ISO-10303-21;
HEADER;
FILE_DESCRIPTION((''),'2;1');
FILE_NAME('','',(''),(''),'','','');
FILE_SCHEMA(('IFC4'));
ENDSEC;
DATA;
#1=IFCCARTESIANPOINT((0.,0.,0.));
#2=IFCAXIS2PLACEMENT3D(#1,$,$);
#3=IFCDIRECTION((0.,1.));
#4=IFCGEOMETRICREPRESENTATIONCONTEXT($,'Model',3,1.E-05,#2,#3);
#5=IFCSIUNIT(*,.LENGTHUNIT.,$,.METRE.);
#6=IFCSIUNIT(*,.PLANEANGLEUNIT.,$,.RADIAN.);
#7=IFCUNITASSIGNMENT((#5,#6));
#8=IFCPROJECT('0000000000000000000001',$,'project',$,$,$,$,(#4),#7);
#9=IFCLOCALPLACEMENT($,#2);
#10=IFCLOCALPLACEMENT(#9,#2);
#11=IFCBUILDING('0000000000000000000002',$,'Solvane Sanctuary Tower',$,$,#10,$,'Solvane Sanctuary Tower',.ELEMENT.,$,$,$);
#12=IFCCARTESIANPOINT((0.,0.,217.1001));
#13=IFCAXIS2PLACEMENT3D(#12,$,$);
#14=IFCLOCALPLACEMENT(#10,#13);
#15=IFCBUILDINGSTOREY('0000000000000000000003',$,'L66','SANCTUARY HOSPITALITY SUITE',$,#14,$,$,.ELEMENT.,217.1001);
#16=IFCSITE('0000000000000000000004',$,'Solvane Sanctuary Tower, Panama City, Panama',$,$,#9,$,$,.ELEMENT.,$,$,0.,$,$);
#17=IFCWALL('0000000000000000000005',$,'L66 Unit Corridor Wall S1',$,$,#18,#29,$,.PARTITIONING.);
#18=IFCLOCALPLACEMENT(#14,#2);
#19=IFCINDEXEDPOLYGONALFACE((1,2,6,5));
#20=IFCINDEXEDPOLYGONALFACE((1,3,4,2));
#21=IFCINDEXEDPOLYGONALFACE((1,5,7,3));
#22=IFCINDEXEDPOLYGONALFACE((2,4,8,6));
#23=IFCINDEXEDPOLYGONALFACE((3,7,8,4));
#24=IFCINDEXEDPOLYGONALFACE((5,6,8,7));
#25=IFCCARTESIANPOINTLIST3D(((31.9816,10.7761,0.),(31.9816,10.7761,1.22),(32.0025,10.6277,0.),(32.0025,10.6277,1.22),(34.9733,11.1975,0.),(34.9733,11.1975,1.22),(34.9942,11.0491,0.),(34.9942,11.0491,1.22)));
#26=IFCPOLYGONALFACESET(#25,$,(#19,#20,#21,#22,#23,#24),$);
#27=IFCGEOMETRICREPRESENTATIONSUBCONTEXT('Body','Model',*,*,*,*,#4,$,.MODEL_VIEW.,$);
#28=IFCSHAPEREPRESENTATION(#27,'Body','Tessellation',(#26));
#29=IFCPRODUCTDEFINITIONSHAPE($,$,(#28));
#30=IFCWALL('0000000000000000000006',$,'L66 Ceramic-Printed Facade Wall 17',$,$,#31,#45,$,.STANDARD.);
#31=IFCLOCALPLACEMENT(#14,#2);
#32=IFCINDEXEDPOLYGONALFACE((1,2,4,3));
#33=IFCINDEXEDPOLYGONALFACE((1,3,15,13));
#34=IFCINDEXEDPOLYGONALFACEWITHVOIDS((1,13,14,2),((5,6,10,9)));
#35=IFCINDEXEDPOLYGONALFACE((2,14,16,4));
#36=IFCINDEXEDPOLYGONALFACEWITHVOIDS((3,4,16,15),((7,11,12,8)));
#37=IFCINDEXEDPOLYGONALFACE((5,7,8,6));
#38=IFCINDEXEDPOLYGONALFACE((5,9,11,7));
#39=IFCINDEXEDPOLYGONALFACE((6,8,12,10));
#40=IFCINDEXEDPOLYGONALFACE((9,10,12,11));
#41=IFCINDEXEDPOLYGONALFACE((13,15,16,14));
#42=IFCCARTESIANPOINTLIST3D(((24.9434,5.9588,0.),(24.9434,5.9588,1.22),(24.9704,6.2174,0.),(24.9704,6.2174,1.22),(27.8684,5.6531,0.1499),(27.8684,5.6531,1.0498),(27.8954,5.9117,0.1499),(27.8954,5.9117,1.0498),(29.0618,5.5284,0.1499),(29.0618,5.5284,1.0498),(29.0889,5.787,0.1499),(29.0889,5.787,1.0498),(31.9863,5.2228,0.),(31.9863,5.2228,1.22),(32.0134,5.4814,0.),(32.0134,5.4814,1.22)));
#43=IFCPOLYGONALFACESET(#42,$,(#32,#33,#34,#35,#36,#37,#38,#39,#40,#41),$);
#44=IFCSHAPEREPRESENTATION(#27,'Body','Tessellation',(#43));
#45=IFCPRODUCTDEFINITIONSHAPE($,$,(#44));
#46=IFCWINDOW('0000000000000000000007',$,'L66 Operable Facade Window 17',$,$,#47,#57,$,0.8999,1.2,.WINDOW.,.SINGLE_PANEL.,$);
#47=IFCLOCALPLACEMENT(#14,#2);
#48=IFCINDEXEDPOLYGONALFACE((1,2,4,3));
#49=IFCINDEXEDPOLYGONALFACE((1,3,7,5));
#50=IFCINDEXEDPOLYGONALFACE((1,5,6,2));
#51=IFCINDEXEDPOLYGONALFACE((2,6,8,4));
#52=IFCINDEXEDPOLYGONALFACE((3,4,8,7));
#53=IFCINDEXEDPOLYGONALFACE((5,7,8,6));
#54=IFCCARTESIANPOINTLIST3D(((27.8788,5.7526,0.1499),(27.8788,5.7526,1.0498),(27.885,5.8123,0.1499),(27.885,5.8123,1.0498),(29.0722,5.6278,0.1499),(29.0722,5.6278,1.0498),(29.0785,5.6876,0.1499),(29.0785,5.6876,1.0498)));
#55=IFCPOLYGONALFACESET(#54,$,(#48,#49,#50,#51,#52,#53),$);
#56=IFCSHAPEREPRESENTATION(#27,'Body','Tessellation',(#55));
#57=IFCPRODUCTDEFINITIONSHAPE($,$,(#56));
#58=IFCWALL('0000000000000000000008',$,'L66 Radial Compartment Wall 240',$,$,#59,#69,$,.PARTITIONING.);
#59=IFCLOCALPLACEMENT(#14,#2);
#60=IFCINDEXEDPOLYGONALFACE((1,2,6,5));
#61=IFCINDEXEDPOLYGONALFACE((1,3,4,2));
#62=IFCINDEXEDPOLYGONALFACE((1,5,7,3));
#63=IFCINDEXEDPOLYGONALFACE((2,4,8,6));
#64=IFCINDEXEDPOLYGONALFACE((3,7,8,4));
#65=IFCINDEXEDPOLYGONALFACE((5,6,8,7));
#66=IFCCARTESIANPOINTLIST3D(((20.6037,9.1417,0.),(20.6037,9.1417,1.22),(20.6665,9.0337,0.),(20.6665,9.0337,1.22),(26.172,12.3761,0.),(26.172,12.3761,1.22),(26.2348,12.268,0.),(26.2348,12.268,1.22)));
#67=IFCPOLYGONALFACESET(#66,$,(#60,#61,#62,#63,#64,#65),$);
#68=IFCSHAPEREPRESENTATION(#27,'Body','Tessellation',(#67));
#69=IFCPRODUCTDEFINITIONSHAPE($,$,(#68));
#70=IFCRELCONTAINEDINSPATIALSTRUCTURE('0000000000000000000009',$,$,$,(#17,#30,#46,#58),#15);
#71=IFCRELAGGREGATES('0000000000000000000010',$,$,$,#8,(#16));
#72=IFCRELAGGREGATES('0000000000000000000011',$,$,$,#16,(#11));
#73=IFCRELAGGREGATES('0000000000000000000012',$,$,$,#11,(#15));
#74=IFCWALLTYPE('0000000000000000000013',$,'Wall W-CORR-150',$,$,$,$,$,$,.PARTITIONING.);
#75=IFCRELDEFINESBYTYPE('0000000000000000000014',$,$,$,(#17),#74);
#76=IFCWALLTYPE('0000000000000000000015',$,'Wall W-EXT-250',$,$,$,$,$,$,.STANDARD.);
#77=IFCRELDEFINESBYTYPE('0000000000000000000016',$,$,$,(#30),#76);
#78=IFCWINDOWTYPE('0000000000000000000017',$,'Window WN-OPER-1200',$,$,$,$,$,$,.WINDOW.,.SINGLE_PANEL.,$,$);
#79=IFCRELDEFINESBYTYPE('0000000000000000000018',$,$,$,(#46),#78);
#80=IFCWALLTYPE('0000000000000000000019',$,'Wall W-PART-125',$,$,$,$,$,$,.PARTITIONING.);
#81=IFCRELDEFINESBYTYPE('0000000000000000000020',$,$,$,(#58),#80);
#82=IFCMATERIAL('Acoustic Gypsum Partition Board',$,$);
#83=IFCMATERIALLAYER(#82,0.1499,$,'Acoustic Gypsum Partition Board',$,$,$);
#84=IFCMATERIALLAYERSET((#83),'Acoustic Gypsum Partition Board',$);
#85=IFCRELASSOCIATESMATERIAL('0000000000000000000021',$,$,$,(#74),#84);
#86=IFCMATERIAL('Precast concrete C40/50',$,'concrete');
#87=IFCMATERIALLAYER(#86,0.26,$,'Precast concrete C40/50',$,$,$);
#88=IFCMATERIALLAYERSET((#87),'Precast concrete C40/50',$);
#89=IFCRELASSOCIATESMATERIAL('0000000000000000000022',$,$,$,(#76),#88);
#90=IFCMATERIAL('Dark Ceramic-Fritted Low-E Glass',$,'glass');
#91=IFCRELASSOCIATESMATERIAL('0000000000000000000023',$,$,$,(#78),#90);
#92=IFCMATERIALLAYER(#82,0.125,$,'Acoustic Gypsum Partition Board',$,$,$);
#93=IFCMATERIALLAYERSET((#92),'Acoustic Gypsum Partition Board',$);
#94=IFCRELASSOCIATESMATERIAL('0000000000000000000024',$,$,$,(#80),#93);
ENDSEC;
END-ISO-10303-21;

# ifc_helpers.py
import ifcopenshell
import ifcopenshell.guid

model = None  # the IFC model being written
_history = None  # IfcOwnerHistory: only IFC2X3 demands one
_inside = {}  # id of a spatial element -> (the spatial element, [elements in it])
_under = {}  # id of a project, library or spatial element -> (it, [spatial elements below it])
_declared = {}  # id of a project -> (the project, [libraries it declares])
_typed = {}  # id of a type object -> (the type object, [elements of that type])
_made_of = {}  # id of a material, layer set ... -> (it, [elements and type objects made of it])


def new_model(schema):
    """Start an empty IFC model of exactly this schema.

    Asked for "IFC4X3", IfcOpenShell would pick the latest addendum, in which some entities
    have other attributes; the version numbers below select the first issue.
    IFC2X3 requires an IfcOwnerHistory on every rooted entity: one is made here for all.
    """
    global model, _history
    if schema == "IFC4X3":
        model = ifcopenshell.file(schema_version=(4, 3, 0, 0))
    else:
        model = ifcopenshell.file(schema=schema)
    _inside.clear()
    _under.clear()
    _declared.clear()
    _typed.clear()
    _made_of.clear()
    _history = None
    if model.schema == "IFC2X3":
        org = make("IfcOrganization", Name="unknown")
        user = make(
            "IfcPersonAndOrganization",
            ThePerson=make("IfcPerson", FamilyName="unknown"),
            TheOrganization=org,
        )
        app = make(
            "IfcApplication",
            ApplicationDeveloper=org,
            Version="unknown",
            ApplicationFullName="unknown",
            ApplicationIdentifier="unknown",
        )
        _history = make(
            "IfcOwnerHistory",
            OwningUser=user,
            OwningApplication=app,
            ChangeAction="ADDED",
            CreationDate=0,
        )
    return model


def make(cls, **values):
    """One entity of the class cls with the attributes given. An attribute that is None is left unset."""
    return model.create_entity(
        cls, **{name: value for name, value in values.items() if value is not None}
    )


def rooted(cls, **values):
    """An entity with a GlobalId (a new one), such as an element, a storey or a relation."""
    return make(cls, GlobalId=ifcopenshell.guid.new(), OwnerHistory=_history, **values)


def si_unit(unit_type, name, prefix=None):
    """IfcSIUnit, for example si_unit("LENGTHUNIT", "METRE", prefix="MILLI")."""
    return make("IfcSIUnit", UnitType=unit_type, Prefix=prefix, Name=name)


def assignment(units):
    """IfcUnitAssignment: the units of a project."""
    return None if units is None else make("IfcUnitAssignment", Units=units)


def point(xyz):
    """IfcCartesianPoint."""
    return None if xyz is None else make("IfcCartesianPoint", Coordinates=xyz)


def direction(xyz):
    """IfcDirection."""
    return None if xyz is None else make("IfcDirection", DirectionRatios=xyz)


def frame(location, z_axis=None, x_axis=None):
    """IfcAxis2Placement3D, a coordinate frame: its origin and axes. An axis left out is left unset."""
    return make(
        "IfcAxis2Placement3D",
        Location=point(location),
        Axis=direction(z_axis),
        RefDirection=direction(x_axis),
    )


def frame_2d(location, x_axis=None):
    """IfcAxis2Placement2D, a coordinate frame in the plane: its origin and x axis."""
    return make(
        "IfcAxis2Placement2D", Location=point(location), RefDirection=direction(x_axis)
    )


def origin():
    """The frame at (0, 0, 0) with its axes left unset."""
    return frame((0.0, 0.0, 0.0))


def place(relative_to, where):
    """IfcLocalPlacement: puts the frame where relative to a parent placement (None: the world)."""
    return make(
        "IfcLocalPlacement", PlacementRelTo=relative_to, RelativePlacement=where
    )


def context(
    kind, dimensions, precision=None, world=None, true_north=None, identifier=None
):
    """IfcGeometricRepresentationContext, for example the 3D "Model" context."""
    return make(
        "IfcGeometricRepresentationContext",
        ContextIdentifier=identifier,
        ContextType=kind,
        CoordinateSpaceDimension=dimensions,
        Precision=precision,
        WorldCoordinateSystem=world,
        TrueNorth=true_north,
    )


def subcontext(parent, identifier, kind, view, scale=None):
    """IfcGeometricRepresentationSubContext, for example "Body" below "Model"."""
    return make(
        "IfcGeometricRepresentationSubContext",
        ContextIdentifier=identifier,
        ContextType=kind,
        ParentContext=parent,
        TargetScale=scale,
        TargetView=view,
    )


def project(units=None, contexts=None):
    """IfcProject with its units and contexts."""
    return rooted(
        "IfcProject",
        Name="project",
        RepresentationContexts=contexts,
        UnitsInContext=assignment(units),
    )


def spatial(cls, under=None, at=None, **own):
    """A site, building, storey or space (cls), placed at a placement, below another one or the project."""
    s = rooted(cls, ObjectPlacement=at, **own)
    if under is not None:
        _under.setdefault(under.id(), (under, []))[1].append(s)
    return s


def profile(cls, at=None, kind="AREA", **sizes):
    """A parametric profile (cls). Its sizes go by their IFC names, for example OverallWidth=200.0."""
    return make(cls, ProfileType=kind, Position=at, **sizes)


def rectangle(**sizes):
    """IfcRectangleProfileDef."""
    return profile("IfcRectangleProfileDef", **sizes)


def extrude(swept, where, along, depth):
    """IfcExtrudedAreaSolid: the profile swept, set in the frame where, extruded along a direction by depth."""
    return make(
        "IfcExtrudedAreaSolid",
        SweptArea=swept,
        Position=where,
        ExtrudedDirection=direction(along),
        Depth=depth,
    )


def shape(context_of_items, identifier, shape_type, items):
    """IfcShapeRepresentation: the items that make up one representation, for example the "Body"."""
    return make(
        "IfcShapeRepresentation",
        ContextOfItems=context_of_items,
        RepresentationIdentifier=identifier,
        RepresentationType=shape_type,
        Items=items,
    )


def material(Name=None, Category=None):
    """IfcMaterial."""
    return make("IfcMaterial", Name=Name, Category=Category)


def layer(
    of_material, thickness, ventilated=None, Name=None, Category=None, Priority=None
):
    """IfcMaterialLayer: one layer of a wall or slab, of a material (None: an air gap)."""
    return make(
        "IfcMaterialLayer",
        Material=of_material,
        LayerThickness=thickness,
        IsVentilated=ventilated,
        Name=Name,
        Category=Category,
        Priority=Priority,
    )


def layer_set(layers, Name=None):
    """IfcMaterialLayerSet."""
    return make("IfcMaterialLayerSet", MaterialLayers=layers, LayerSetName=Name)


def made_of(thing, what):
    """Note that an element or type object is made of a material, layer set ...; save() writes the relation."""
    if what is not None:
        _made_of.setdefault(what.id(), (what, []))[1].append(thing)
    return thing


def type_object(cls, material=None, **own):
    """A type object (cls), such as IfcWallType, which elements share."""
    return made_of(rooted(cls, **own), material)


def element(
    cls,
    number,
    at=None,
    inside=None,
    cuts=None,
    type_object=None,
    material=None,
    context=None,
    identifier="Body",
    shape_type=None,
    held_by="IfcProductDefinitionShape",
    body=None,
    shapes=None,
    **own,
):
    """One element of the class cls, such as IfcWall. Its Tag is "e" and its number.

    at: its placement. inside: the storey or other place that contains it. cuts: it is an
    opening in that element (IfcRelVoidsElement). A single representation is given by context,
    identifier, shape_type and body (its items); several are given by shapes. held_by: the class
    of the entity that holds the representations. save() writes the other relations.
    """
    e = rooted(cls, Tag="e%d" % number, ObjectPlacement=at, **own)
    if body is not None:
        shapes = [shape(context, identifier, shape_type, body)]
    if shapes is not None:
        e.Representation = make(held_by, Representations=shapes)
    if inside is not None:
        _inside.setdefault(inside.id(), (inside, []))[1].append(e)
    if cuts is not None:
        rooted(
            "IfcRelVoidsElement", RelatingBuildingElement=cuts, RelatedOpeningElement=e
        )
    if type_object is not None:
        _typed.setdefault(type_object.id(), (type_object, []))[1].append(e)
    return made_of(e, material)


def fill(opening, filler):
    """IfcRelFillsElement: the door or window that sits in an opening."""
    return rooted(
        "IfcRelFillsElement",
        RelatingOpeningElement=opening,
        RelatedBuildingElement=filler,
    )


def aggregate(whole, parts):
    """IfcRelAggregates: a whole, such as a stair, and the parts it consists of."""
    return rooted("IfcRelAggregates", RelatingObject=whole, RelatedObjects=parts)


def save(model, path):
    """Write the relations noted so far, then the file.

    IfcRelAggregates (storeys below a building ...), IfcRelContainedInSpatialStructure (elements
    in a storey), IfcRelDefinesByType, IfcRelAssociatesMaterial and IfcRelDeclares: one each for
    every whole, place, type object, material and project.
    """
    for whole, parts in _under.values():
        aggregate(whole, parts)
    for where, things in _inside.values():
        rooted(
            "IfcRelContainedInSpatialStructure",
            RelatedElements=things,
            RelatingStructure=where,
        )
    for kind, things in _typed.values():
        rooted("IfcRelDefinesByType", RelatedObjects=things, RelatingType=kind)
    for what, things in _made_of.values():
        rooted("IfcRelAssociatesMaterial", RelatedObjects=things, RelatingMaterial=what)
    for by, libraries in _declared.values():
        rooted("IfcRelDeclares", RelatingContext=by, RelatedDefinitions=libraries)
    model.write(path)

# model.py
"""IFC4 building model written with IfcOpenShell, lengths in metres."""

from ifc_helpers import new_model, si_unit, direction, frame, frame_2d, origin, place, context, subcontext, project, spatial, rectangle, extrude, material, layer, layer_set, type_object, element, fill, save


model = new_model("IFC4")

# Units and contexts
model_context = context("Model", 3, precision=1e-05, world=origin(), true_north=direction((0.0, 1.0)))
body_context = subcontext(model_context, "Body", "Model", "MODEL_VIEW")
ifc_project = project(units=[si_unit("LENGTHUNIT", "METRE"), si_unit("PLANEANGLEUNIT", "RADIAN")], contexts=[model_context])

# Site, building, storey
site_placement = place(None, origin())
site = spatial("IfcSite", under=ifc_project, at=site_placement, Name="Solvane Sanctuary Tower, Panama City, Panama", CompositionType="ELEMENT", RefElevation=0.0)
building_placement = place(site_placement, origin())
building = spatial("IfcBuilding", under=site, at=building_placement, Name="Solvane Sanctuary Tower", LongName="Solvane Sanctuary Tower", CompositionType="ELEMENT")
storey_placement = place(building_placement, frame((0.0, 0.0, 217.1001)))
storey = spatial("IfcBuildingStorey", under=building, at=storey_placement, Name="L66", Description="SANCTUARY HOSPITALITY SUITE", CompositionType="ELEMENT", Elevation=217.1001)

# Shared definitions
ifc_material_1 = material(Name="Dark Ceramic-Fritted Low-E Glass", Category="glass")

# Shared definitions
ifc_material_2 = material(Name="Acoustic Gypsum Partition Board")
ifc_layer_1 = layer(ifc_material_2, 0.1499, Name="Acoustic Gypsum Partition Board")
ifc_layer_set_1 = layer_set([ifc_layer_1], Name="Acoustic Gypsum Partition Board")
wall_type_1 = type_object("IfcWallType", Name="Wall W-CORR-150", PredefinedType="PARTITIONING", material=ifc_layer_set_1)

# Wall
wall_1_placement = place(storey_placement, frame((31.9919, 10.7019, 0.0), z_axis=(0.0, 0.0, 1.0), x_axis=(0.990226, 0.139475, 0.0)))
element("IfcWall", 1, at=wall_1_placement, inside=storey, type_object=wall_type_1, Name="L66 Unit Corridor Wall S1", PredefinedType="PARTITIONING", context=body_context, shape_type="SweptSolid", body=[
    extrude(rectangle(XDim=3.0212, YDim=0.1499, at=frame_2d((1.5107, 0.0))), origin(), (0.0, 0.0, 1.0), 1.22),
])

# Wall, opening, window
ifc_material_3 = material(Name="Precast concrete C40/50", Category="concrete")
ifc_layer_2 = layer(ifc_material_3, 0.26, Name="Precast concrete C40/50")
ifc_layer_set_2 = layer_set([ifc_layer_2], Name="Precast concrete C40/50")
wall_type_2 = type_object("IfcWallType", Name="Wall W-EXT-250", PredefinedType="STANDARD", material=ifc_layer_set_2)
wall_2_placement = place(storey_placement, frame((24.957, 6.0881, 0.0), z_axis=(0.0, 0.0, 1.0), x_axis=(0.994583, -0.103947, 0.0)))
wall_2 = element("IfcWall", 2, at=wall_2_placement, inside=storey, type_object=wall_type_2, Name="L66 Ceramic-Printed Facade Wall 17", PredefinedType="STANDARD", context=body_context, shape_type="SweptSolid", body=[
    extrude(rectangle(XDim=7.0813, YDim=0.26, at=frame_2d((3.5405, 0.0))), origin(), (0.0, 0.0, 1.0), 1.22),
])
opening_1_placement = place(wall_2_placement, frame((2.9407, 0.0, 0.1499)))
opening_1 = element("IfcOpeningElement", 3, at=opening_1_placement, cuts=wall_2, PredefinedType="OPENING", context=body_context, shape_type="SweptSolid", body=[
    extrude(rectangle(XDim=1.2, YDim=0.8999, at=frame_2d((0.6001, 0.45))), frame((0.0, 0.1399, 0.0), z_axis=(0.0, -1.0, 0.0), x_axis=(1.0, 0.0, 0.0)), (0.0, 0.0, 1.0), 0.28),
])
window_type = type_object("IfcWindowType", Name="Window WN-OPER-1200", PartitioningType="SINGLE_PANEL", PredefinedType="WINDOW", material=ifc_material_1)
window_placement = place(opening_1_placement, origin())
window = element("IfcWindow", 4, at=window_placement, inside=storey, type_object=window_type, Name="L66 Operable Facade Window 17", OverallHeight=0.8999, OverallWidth=1.2, PartitioningType="SINGLE_PANEL", PredefinedType="WINDOW", context=body_context, shape_type="SweptSolid", body=[
    extrude(rectangle(XDim=1.2, YDim=0.8999, at=frame_2d((0.6001, 0.45))), frame((0.0, 0.03, 0.0), z_axis=(0.0, -1.0, 0.0), x_axis=(1.0, 0.0, 0.0)), (0.0, 0.0, 1.0), 0.0601),
])
fill(opening_1, window)

# Wall
ifc_layer_3 = layer(ifc_material_2, 0.125, Name="Acoustic Gypsum Partition Board")
ifc_layer_set_3 = layer_set([ifc_layer_3], Name="Acoustic Gypsum Partition Board")
wall_type_3 = type_object("IfcWallType", Name="Wall W-PART-125", PredefinedType="PARTITIONING", material=ifc_layer_set_3)
wall_3_placement = place(storey_placement, frame((26.2034, 12.322, 0.0), z_axis=(0.0, 0.0, 1.0), x_axis=(-0.864712, -0.502267, 0.0)))
element("IfcWall", 5, at=wall_3_placement, inside=storey, type_object=wall_type_3, Name="L66 Radial Compartment Wall 240", PredefinedType="PARTITIONING", context=body_context, shape_type="SweptSolid", body=[
    extrude(rectangle(XDim=6.4395, YDim=0.125, at=frame_2d((3.2197, 0.0))), origin(), (0.0, 0.0, 1.0), 1.22),
])

save(model, "model.ifc")
